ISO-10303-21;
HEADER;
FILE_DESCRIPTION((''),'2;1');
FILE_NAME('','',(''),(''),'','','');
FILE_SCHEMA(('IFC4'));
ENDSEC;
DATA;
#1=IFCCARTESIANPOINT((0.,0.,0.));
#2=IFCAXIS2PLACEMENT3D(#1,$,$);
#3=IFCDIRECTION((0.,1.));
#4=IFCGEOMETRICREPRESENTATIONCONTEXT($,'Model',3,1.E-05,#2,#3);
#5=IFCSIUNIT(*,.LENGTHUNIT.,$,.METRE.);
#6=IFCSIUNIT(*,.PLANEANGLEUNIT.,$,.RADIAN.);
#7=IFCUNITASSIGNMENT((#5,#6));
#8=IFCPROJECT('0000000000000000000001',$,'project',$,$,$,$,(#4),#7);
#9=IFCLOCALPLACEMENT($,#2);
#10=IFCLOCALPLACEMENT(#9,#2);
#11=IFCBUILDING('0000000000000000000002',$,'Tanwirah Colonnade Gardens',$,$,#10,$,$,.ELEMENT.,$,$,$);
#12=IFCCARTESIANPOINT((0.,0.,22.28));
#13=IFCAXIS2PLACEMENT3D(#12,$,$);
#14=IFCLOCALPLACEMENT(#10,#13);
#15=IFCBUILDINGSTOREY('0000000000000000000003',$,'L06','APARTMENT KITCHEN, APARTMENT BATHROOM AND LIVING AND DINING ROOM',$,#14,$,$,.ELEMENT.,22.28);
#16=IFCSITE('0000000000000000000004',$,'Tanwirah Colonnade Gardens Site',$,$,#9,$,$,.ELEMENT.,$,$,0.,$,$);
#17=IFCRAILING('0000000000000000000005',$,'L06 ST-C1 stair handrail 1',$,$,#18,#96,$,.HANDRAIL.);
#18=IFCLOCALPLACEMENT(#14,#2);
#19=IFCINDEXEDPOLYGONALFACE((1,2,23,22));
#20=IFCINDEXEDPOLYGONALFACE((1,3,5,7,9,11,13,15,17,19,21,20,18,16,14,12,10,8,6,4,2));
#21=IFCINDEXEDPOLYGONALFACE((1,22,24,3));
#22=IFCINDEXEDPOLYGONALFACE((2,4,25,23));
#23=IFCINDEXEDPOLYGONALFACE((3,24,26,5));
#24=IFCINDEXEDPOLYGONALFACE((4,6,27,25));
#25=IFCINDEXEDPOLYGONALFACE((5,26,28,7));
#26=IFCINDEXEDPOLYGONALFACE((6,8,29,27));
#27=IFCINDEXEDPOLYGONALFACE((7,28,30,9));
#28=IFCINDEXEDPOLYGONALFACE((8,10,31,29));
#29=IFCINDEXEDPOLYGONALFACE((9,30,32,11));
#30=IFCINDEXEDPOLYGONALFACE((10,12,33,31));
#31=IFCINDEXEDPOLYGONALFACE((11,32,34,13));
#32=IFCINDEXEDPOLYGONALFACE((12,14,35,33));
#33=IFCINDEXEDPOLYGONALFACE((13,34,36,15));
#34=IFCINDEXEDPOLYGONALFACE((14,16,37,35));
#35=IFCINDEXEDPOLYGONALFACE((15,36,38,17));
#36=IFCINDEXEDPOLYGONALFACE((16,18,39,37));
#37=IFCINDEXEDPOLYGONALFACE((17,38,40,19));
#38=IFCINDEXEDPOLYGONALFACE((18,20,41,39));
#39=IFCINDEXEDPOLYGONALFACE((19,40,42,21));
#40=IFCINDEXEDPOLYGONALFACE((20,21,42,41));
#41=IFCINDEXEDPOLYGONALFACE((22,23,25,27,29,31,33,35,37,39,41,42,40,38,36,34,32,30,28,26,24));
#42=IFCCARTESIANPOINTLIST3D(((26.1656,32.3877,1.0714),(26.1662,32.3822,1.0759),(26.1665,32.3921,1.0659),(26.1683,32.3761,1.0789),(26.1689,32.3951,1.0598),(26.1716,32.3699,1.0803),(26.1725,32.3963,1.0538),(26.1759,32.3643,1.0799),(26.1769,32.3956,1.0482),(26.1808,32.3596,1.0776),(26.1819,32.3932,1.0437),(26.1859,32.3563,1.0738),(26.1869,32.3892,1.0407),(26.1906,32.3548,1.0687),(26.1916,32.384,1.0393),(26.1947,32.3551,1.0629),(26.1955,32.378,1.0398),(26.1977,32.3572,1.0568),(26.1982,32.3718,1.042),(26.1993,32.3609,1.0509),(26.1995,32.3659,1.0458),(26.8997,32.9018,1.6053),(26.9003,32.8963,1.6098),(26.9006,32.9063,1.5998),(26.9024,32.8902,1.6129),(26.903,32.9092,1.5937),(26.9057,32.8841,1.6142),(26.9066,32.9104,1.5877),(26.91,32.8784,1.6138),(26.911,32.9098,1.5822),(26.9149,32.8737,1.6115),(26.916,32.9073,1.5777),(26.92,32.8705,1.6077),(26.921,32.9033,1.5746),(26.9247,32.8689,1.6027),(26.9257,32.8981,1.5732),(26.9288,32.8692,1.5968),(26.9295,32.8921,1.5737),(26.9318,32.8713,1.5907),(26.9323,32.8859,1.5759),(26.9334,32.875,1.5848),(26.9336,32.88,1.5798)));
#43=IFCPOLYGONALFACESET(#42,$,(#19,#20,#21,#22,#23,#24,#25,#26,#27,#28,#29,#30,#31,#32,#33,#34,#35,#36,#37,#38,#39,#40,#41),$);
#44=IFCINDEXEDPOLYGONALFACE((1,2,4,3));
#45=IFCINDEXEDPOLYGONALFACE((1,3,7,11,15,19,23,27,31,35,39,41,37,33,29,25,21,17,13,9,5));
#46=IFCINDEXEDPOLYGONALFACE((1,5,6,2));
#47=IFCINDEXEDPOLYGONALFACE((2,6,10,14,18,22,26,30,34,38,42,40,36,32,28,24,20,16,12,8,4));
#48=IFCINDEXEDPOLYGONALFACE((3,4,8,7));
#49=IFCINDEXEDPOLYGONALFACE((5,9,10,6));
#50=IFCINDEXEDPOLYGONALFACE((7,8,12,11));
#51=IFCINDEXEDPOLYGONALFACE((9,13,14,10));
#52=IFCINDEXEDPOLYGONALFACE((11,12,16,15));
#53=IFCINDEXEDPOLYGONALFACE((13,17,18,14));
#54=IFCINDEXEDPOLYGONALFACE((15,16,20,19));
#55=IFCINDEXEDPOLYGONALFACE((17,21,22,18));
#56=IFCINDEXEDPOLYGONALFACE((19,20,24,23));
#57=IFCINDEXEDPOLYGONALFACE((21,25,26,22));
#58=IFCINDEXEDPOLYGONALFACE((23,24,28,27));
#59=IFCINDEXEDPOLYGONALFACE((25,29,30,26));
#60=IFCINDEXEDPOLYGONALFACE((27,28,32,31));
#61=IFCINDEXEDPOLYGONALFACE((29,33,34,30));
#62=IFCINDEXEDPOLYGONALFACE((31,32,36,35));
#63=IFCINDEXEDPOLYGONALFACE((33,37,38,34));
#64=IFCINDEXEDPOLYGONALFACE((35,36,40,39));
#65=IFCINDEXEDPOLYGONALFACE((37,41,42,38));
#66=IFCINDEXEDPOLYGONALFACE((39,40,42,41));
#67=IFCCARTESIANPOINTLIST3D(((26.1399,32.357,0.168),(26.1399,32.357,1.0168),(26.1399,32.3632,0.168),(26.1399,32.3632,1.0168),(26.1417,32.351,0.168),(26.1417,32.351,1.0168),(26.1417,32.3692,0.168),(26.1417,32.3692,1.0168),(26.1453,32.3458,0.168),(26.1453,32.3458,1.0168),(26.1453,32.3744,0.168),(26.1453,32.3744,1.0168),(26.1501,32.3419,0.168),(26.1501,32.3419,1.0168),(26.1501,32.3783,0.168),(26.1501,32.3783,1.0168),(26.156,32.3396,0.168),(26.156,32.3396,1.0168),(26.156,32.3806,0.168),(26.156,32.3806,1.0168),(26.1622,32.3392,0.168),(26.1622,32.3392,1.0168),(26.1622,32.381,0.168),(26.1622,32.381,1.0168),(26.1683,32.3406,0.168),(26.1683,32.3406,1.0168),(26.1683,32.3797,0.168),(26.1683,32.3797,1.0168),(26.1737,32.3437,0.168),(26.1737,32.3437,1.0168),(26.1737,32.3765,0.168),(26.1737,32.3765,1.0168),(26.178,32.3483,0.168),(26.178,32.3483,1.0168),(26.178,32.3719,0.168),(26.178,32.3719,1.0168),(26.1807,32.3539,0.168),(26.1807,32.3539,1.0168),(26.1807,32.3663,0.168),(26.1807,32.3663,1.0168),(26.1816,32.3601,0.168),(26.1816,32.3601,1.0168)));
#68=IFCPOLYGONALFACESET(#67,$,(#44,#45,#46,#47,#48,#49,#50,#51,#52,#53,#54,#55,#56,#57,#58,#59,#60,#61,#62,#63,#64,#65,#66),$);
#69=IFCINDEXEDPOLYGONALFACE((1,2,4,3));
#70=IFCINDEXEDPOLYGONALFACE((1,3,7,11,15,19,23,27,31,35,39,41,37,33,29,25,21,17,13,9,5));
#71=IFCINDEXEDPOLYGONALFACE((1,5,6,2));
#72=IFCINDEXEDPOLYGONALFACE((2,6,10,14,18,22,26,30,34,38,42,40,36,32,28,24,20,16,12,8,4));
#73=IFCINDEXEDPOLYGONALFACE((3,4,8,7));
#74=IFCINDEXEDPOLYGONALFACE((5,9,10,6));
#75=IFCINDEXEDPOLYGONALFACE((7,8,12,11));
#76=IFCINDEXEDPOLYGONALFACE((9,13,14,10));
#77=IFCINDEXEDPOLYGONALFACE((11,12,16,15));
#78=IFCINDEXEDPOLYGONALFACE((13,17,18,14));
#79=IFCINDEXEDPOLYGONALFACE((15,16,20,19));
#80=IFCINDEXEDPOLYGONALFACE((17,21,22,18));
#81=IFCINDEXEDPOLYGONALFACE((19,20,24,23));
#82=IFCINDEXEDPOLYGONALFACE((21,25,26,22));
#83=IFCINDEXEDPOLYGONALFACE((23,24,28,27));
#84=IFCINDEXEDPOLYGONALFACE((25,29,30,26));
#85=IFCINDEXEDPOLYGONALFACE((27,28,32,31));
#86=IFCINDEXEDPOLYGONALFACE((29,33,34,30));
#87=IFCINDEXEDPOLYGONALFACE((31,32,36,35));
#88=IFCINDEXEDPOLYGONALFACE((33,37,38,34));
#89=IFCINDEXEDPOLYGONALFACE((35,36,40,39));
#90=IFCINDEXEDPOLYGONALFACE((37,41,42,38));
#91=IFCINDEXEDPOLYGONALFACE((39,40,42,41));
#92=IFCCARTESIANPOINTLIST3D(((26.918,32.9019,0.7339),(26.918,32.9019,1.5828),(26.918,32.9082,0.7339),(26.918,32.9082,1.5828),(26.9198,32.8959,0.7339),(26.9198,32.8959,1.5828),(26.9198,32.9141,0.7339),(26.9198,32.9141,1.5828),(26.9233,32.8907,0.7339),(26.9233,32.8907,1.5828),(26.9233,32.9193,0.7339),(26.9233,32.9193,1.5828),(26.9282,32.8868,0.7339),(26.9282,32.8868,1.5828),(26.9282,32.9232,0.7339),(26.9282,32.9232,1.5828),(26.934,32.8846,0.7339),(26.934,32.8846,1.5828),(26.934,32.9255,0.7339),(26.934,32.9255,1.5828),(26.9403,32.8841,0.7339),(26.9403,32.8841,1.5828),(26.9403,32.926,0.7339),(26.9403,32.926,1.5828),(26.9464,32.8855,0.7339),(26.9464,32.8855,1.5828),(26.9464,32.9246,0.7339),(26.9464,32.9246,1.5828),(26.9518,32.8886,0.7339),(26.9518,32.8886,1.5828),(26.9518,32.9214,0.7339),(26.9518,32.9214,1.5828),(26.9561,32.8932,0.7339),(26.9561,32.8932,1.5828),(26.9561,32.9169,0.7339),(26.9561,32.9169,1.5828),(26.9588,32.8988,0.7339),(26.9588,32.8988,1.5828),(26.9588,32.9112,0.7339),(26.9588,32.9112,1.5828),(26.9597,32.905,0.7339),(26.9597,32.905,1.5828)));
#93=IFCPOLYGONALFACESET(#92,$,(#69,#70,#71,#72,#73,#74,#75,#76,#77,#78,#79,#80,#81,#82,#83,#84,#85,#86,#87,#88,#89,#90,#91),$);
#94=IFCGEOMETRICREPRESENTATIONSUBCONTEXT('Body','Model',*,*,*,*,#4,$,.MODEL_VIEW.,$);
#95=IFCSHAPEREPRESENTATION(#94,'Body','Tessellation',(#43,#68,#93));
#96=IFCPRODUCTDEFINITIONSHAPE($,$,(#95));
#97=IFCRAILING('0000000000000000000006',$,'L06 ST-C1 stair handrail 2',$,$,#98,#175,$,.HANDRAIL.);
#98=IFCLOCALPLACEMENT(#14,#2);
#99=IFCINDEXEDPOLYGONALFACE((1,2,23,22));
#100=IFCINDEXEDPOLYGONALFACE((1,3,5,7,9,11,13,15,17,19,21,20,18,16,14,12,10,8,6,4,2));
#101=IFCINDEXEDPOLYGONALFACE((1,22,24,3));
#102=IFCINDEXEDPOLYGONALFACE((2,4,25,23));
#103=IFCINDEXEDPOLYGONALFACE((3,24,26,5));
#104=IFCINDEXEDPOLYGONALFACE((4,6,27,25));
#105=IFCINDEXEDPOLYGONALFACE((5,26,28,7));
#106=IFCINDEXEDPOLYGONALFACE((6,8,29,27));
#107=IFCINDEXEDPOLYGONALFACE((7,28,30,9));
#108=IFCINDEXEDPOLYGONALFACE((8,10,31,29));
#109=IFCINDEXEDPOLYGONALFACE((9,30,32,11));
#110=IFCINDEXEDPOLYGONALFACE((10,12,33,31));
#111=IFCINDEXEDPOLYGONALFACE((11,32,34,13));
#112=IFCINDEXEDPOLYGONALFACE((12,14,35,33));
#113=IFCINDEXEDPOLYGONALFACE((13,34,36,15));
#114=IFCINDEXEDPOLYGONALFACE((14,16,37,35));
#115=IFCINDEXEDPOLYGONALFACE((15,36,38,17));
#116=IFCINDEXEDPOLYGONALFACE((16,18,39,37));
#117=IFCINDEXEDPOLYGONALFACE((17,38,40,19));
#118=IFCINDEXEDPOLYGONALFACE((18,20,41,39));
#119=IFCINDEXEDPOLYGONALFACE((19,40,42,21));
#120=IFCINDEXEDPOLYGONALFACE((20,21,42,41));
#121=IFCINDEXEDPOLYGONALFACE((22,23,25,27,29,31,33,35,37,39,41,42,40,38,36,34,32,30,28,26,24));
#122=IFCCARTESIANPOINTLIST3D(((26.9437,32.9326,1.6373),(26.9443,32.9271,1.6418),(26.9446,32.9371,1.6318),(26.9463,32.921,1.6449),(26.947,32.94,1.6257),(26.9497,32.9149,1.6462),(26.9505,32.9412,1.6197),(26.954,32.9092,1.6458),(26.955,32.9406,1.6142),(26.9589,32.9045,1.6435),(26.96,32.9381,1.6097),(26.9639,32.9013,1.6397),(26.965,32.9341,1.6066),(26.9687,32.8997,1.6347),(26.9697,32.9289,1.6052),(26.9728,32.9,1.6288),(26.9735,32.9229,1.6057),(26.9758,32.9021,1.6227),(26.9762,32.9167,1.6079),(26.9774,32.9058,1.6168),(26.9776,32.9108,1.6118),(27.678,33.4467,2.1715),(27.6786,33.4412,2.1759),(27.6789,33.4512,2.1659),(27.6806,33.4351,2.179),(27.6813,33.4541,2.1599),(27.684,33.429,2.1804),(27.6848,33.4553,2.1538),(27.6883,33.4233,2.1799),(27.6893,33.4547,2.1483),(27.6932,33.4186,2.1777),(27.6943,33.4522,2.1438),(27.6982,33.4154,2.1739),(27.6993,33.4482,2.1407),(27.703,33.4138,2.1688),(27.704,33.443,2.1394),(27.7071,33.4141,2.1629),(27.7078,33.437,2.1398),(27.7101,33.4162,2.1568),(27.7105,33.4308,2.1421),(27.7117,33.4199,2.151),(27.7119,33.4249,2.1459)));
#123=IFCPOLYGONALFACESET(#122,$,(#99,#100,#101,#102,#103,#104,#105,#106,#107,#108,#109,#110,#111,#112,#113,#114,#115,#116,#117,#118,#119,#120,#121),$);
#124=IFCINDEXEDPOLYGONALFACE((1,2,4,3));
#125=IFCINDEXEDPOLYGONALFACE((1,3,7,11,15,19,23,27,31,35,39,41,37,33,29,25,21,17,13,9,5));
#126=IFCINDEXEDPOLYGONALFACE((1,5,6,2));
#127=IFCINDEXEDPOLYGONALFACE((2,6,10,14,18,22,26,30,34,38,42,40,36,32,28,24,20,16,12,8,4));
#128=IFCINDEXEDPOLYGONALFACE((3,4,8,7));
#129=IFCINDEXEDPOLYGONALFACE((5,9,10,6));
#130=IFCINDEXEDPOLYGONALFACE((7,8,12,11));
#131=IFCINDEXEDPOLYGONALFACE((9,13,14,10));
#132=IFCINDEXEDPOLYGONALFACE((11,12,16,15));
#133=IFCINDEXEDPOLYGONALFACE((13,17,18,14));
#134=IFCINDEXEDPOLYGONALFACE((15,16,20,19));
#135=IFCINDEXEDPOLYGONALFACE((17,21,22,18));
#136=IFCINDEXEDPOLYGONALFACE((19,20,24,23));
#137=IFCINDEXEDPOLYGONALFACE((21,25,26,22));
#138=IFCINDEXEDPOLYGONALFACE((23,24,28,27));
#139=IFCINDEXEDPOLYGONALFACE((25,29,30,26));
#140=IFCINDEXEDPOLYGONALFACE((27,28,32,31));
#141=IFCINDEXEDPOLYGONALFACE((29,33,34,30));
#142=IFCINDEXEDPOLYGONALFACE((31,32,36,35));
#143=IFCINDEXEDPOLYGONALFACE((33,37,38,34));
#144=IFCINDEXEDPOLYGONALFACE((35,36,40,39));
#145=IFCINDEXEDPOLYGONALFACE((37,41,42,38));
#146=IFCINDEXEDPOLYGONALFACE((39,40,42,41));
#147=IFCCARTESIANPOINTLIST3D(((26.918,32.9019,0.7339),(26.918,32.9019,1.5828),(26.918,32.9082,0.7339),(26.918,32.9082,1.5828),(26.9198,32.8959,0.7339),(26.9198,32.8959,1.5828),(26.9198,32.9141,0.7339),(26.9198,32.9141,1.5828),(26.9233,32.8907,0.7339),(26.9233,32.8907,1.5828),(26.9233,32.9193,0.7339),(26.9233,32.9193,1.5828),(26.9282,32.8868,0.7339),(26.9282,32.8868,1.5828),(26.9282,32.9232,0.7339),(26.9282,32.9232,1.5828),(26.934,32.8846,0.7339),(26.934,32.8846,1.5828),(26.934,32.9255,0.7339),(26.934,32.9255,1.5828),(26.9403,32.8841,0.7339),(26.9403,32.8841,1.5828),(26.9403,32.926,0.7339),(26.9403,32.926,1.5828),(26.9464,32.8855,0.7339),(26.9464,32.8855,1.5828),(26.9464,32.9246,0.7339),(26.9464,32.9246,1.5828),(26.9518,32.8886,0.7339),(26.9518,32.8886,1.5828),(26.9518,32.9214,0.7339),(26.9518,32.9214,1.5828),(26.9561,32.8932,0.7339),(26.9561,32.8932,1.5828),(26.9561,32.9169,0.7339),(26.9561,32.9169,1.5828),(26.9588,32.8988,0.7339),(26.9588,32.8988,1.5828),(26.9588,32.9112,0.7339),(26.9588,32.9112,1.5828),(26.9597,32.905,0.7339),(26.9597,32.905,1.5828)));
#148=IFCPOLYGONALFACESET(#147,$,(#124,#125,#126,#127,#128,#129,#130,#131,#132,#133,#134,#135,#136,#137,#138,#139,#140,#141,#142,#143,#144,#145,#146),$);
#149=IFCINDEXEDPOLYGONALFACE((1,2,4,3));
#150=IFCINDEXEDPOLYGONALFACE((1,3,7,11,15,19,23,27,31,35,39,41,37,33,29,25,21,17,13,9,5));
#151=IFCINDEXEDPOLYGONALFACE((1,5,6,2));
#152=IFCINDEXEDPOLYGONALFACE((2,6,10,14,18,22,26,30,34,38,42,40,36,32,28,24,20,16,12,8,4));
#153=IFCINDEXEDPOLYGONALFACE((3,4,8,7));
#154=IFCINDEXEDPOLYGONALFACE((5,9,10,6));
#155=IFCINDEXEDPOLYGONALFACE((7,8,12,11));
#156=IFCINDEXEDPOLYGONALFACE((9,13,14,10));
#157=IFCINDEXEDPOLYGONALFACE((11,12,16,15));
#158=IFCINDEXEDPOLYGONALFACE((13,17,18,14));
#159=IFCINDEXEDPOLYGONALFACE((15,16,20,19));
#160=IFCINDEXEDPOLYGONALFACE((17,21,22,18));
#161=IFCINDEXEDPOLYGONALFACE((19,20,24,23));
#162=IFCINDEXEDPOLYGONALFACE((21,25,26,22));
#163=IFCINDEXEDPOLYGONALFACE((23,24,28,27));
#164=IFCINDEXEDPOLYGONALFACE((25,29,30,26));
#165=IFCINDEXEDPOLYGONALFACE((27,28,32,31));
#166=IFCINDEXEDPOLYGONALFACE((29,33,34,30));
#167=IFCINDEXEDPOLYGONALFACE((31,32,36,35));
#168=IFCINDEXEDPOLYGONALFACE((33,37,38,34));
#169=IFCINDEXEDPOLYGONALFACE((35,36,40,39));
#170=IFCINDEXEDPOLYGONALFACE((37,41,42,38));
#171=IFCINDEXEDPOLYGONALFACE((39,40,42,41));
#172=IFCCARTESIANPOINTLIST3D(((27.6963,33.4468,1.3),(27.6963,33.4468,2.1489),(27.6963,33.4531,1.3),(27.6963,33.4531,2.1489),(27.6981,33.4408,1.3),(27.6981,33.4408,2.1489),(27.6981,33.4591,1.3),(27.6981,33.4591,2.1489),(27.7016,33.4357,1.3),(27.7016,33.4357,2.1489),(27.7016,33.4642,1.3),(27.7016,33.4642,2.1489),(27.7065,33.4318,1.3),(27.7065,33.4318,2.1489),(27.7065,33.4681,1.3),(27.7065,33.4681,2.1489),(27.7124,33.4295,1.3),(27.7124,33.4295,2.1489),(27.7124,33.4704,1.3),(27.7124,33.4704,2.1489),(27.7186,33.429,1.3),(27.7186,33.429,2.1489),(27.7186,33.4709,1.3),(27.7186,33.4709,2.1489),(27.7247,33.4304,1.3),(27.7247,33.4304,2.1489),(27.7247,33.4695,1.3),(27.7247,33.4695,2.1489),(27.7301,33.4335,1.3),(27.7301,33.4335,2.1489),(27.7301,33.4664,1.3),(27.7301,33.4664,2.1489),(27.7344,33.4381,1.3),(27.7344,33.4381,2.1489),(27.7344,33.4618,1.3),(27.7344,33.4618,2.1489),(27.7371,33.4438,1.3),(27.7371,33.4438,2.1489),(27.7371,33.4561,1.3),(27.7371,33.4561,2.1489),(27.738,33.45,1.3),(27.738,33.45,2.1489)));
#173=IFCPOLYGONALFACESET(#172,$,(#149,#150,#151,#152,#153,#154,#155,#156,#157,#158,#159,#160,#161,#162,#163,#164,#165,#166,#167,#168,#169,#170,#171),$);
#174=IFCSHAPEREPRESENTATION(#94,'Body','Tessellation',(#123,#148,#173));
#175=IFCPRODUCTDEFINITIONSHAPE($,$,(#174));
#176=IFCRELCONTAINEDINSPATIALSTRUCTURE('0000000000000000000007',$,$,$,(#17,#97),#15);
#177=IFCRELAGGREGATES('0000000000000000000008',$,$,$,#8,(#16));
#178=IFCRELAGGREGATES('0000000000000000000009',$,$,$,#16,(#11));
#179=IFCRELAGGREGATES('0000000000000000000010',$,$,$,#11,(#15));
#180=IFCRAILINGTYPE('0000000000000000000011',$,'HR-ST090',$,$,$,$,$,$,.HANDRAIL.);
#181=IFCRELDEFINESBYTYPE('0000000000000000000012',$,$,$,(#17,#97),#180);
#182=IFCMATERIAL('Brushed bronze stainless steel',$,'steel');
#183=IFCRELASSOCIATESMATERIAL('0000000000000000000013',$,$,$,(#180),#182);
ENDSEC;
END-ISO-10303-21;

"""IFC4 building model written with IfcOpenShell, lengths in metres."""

from ifc_helpers import new_model, si_unit, direction, frame, origin, origin_2d, place, context, subcontext, project, spatial, circle, extrude, material, type_object, element, save


model = new_model("IFC4")

# Units and contexts
model_context = context("Model", 3, precision=1e-05, world=origin(), true_north=direction((0.0, 1.0)))
body_context = subcontext(model_context, "Body", "Model", "MODEL_VIEW")
ifc_project = project(units=[si_unit("LENGTHUNIT", "METRE"), si_unit("PLANEANGLEUNIT", "RADIAN")], contexts=[model_context])

# Site, building, storey
site_placement = place(None, origin())
site = spatial("IfcSite", under=ifc_project, at=site_placement, Name="Tanwirah Colonnade Gardens Site", CompositionType="ELEMENT", RefElevation=0.0)
building_placement = place(site_placement, origin())
building = spatial("IfcBuilding", under=site, at=building_placement, Name="Tanwirah Colonnade Gardens", CompositionType="ELEMENT")
storey_placement = place(building_placement, frame((0.0, 0.0, 22.28)))
storey = spatial("IfcBuildingStorey", under=building, at=storey_placement, Name="L06", Description="APARTMENT KITCHEN, APARTMENT BATHROOM AND LIVING AND DINING ROOM", CompositionType="ELEMENT", Elevation=22.28)

# Railings
ifc_material_1 = material(Name="Brushed bronze stainless steel", Category="steel")
railing_type_1 = type_object("IfcRailingType", Name="HR-ST090", PredefinedType="HANDRAIL", material=ifc_material_1)
railing_1_placement = place(storey_placement, frame((26.1606, 32.3601, 0.168)))
element("IfcRailing", 1, at=railing_1_placement, inside=storey, type_object=railing_type_1, Name="L06 ST-C1 stair handrail 1", PredefinedType="HANDRAIL", context=body_context, shape_type="SweptSolid", body=[
    extrude(circle(Radius=0.0239, at=origin_2d()), frame((0.022, 0.0154, 0.8918), z_axis=(0.703686, 0.492823, 0.511812), x_axis=(-0.573652, 0.819099, 0.0)), (0.0, 0.0, 1.0), 1.0432),
    extrude(circle(Radius=0.021, at=origin_2d()), origin(), (0.0, 0.0, 1.0), 0.8489),
    extrude(circle(Radius=0.021, at=origin_2d()), frame((0.7781, 0.5449, 0.5659)), (0.0, 0.0, 1.0), 0.8489),
])
railing_2_placement = place(storey_placement, frame((26.9387, 32.905, 0.7339)))
element("IfcRailing", 2, at=railing_2_placement, inside=storey, type_object=railing_type_1, Name="L06 ST-C1 stair handrail 2", PredefinedType="HANDRAIL", context=body_context, shape_type="SweptSolid", body=[
    extrude(circle(Radius=0.0239, at=origin_2d()), frame((0.022, 0.0154, 0.8918), z_axis=(0.703718, 0.492691, 0.511895), x_axis=(-0.573531, 0.819184, 0.0)), (0.0, 0.0, 1.0), 1.0435),
    extrude(circle(Radius=0.021, at=origin_2d()), origin(), (0.0, 0.0, 1.0), 0.8489),
    extrude(circle(Radius=0.021, at=origin_2d()), frame((0.7783, 0.5449, 0.5662)), (0.0, 0.0, 1.0), 0.8489),
])

save(model, "model.ifc")
